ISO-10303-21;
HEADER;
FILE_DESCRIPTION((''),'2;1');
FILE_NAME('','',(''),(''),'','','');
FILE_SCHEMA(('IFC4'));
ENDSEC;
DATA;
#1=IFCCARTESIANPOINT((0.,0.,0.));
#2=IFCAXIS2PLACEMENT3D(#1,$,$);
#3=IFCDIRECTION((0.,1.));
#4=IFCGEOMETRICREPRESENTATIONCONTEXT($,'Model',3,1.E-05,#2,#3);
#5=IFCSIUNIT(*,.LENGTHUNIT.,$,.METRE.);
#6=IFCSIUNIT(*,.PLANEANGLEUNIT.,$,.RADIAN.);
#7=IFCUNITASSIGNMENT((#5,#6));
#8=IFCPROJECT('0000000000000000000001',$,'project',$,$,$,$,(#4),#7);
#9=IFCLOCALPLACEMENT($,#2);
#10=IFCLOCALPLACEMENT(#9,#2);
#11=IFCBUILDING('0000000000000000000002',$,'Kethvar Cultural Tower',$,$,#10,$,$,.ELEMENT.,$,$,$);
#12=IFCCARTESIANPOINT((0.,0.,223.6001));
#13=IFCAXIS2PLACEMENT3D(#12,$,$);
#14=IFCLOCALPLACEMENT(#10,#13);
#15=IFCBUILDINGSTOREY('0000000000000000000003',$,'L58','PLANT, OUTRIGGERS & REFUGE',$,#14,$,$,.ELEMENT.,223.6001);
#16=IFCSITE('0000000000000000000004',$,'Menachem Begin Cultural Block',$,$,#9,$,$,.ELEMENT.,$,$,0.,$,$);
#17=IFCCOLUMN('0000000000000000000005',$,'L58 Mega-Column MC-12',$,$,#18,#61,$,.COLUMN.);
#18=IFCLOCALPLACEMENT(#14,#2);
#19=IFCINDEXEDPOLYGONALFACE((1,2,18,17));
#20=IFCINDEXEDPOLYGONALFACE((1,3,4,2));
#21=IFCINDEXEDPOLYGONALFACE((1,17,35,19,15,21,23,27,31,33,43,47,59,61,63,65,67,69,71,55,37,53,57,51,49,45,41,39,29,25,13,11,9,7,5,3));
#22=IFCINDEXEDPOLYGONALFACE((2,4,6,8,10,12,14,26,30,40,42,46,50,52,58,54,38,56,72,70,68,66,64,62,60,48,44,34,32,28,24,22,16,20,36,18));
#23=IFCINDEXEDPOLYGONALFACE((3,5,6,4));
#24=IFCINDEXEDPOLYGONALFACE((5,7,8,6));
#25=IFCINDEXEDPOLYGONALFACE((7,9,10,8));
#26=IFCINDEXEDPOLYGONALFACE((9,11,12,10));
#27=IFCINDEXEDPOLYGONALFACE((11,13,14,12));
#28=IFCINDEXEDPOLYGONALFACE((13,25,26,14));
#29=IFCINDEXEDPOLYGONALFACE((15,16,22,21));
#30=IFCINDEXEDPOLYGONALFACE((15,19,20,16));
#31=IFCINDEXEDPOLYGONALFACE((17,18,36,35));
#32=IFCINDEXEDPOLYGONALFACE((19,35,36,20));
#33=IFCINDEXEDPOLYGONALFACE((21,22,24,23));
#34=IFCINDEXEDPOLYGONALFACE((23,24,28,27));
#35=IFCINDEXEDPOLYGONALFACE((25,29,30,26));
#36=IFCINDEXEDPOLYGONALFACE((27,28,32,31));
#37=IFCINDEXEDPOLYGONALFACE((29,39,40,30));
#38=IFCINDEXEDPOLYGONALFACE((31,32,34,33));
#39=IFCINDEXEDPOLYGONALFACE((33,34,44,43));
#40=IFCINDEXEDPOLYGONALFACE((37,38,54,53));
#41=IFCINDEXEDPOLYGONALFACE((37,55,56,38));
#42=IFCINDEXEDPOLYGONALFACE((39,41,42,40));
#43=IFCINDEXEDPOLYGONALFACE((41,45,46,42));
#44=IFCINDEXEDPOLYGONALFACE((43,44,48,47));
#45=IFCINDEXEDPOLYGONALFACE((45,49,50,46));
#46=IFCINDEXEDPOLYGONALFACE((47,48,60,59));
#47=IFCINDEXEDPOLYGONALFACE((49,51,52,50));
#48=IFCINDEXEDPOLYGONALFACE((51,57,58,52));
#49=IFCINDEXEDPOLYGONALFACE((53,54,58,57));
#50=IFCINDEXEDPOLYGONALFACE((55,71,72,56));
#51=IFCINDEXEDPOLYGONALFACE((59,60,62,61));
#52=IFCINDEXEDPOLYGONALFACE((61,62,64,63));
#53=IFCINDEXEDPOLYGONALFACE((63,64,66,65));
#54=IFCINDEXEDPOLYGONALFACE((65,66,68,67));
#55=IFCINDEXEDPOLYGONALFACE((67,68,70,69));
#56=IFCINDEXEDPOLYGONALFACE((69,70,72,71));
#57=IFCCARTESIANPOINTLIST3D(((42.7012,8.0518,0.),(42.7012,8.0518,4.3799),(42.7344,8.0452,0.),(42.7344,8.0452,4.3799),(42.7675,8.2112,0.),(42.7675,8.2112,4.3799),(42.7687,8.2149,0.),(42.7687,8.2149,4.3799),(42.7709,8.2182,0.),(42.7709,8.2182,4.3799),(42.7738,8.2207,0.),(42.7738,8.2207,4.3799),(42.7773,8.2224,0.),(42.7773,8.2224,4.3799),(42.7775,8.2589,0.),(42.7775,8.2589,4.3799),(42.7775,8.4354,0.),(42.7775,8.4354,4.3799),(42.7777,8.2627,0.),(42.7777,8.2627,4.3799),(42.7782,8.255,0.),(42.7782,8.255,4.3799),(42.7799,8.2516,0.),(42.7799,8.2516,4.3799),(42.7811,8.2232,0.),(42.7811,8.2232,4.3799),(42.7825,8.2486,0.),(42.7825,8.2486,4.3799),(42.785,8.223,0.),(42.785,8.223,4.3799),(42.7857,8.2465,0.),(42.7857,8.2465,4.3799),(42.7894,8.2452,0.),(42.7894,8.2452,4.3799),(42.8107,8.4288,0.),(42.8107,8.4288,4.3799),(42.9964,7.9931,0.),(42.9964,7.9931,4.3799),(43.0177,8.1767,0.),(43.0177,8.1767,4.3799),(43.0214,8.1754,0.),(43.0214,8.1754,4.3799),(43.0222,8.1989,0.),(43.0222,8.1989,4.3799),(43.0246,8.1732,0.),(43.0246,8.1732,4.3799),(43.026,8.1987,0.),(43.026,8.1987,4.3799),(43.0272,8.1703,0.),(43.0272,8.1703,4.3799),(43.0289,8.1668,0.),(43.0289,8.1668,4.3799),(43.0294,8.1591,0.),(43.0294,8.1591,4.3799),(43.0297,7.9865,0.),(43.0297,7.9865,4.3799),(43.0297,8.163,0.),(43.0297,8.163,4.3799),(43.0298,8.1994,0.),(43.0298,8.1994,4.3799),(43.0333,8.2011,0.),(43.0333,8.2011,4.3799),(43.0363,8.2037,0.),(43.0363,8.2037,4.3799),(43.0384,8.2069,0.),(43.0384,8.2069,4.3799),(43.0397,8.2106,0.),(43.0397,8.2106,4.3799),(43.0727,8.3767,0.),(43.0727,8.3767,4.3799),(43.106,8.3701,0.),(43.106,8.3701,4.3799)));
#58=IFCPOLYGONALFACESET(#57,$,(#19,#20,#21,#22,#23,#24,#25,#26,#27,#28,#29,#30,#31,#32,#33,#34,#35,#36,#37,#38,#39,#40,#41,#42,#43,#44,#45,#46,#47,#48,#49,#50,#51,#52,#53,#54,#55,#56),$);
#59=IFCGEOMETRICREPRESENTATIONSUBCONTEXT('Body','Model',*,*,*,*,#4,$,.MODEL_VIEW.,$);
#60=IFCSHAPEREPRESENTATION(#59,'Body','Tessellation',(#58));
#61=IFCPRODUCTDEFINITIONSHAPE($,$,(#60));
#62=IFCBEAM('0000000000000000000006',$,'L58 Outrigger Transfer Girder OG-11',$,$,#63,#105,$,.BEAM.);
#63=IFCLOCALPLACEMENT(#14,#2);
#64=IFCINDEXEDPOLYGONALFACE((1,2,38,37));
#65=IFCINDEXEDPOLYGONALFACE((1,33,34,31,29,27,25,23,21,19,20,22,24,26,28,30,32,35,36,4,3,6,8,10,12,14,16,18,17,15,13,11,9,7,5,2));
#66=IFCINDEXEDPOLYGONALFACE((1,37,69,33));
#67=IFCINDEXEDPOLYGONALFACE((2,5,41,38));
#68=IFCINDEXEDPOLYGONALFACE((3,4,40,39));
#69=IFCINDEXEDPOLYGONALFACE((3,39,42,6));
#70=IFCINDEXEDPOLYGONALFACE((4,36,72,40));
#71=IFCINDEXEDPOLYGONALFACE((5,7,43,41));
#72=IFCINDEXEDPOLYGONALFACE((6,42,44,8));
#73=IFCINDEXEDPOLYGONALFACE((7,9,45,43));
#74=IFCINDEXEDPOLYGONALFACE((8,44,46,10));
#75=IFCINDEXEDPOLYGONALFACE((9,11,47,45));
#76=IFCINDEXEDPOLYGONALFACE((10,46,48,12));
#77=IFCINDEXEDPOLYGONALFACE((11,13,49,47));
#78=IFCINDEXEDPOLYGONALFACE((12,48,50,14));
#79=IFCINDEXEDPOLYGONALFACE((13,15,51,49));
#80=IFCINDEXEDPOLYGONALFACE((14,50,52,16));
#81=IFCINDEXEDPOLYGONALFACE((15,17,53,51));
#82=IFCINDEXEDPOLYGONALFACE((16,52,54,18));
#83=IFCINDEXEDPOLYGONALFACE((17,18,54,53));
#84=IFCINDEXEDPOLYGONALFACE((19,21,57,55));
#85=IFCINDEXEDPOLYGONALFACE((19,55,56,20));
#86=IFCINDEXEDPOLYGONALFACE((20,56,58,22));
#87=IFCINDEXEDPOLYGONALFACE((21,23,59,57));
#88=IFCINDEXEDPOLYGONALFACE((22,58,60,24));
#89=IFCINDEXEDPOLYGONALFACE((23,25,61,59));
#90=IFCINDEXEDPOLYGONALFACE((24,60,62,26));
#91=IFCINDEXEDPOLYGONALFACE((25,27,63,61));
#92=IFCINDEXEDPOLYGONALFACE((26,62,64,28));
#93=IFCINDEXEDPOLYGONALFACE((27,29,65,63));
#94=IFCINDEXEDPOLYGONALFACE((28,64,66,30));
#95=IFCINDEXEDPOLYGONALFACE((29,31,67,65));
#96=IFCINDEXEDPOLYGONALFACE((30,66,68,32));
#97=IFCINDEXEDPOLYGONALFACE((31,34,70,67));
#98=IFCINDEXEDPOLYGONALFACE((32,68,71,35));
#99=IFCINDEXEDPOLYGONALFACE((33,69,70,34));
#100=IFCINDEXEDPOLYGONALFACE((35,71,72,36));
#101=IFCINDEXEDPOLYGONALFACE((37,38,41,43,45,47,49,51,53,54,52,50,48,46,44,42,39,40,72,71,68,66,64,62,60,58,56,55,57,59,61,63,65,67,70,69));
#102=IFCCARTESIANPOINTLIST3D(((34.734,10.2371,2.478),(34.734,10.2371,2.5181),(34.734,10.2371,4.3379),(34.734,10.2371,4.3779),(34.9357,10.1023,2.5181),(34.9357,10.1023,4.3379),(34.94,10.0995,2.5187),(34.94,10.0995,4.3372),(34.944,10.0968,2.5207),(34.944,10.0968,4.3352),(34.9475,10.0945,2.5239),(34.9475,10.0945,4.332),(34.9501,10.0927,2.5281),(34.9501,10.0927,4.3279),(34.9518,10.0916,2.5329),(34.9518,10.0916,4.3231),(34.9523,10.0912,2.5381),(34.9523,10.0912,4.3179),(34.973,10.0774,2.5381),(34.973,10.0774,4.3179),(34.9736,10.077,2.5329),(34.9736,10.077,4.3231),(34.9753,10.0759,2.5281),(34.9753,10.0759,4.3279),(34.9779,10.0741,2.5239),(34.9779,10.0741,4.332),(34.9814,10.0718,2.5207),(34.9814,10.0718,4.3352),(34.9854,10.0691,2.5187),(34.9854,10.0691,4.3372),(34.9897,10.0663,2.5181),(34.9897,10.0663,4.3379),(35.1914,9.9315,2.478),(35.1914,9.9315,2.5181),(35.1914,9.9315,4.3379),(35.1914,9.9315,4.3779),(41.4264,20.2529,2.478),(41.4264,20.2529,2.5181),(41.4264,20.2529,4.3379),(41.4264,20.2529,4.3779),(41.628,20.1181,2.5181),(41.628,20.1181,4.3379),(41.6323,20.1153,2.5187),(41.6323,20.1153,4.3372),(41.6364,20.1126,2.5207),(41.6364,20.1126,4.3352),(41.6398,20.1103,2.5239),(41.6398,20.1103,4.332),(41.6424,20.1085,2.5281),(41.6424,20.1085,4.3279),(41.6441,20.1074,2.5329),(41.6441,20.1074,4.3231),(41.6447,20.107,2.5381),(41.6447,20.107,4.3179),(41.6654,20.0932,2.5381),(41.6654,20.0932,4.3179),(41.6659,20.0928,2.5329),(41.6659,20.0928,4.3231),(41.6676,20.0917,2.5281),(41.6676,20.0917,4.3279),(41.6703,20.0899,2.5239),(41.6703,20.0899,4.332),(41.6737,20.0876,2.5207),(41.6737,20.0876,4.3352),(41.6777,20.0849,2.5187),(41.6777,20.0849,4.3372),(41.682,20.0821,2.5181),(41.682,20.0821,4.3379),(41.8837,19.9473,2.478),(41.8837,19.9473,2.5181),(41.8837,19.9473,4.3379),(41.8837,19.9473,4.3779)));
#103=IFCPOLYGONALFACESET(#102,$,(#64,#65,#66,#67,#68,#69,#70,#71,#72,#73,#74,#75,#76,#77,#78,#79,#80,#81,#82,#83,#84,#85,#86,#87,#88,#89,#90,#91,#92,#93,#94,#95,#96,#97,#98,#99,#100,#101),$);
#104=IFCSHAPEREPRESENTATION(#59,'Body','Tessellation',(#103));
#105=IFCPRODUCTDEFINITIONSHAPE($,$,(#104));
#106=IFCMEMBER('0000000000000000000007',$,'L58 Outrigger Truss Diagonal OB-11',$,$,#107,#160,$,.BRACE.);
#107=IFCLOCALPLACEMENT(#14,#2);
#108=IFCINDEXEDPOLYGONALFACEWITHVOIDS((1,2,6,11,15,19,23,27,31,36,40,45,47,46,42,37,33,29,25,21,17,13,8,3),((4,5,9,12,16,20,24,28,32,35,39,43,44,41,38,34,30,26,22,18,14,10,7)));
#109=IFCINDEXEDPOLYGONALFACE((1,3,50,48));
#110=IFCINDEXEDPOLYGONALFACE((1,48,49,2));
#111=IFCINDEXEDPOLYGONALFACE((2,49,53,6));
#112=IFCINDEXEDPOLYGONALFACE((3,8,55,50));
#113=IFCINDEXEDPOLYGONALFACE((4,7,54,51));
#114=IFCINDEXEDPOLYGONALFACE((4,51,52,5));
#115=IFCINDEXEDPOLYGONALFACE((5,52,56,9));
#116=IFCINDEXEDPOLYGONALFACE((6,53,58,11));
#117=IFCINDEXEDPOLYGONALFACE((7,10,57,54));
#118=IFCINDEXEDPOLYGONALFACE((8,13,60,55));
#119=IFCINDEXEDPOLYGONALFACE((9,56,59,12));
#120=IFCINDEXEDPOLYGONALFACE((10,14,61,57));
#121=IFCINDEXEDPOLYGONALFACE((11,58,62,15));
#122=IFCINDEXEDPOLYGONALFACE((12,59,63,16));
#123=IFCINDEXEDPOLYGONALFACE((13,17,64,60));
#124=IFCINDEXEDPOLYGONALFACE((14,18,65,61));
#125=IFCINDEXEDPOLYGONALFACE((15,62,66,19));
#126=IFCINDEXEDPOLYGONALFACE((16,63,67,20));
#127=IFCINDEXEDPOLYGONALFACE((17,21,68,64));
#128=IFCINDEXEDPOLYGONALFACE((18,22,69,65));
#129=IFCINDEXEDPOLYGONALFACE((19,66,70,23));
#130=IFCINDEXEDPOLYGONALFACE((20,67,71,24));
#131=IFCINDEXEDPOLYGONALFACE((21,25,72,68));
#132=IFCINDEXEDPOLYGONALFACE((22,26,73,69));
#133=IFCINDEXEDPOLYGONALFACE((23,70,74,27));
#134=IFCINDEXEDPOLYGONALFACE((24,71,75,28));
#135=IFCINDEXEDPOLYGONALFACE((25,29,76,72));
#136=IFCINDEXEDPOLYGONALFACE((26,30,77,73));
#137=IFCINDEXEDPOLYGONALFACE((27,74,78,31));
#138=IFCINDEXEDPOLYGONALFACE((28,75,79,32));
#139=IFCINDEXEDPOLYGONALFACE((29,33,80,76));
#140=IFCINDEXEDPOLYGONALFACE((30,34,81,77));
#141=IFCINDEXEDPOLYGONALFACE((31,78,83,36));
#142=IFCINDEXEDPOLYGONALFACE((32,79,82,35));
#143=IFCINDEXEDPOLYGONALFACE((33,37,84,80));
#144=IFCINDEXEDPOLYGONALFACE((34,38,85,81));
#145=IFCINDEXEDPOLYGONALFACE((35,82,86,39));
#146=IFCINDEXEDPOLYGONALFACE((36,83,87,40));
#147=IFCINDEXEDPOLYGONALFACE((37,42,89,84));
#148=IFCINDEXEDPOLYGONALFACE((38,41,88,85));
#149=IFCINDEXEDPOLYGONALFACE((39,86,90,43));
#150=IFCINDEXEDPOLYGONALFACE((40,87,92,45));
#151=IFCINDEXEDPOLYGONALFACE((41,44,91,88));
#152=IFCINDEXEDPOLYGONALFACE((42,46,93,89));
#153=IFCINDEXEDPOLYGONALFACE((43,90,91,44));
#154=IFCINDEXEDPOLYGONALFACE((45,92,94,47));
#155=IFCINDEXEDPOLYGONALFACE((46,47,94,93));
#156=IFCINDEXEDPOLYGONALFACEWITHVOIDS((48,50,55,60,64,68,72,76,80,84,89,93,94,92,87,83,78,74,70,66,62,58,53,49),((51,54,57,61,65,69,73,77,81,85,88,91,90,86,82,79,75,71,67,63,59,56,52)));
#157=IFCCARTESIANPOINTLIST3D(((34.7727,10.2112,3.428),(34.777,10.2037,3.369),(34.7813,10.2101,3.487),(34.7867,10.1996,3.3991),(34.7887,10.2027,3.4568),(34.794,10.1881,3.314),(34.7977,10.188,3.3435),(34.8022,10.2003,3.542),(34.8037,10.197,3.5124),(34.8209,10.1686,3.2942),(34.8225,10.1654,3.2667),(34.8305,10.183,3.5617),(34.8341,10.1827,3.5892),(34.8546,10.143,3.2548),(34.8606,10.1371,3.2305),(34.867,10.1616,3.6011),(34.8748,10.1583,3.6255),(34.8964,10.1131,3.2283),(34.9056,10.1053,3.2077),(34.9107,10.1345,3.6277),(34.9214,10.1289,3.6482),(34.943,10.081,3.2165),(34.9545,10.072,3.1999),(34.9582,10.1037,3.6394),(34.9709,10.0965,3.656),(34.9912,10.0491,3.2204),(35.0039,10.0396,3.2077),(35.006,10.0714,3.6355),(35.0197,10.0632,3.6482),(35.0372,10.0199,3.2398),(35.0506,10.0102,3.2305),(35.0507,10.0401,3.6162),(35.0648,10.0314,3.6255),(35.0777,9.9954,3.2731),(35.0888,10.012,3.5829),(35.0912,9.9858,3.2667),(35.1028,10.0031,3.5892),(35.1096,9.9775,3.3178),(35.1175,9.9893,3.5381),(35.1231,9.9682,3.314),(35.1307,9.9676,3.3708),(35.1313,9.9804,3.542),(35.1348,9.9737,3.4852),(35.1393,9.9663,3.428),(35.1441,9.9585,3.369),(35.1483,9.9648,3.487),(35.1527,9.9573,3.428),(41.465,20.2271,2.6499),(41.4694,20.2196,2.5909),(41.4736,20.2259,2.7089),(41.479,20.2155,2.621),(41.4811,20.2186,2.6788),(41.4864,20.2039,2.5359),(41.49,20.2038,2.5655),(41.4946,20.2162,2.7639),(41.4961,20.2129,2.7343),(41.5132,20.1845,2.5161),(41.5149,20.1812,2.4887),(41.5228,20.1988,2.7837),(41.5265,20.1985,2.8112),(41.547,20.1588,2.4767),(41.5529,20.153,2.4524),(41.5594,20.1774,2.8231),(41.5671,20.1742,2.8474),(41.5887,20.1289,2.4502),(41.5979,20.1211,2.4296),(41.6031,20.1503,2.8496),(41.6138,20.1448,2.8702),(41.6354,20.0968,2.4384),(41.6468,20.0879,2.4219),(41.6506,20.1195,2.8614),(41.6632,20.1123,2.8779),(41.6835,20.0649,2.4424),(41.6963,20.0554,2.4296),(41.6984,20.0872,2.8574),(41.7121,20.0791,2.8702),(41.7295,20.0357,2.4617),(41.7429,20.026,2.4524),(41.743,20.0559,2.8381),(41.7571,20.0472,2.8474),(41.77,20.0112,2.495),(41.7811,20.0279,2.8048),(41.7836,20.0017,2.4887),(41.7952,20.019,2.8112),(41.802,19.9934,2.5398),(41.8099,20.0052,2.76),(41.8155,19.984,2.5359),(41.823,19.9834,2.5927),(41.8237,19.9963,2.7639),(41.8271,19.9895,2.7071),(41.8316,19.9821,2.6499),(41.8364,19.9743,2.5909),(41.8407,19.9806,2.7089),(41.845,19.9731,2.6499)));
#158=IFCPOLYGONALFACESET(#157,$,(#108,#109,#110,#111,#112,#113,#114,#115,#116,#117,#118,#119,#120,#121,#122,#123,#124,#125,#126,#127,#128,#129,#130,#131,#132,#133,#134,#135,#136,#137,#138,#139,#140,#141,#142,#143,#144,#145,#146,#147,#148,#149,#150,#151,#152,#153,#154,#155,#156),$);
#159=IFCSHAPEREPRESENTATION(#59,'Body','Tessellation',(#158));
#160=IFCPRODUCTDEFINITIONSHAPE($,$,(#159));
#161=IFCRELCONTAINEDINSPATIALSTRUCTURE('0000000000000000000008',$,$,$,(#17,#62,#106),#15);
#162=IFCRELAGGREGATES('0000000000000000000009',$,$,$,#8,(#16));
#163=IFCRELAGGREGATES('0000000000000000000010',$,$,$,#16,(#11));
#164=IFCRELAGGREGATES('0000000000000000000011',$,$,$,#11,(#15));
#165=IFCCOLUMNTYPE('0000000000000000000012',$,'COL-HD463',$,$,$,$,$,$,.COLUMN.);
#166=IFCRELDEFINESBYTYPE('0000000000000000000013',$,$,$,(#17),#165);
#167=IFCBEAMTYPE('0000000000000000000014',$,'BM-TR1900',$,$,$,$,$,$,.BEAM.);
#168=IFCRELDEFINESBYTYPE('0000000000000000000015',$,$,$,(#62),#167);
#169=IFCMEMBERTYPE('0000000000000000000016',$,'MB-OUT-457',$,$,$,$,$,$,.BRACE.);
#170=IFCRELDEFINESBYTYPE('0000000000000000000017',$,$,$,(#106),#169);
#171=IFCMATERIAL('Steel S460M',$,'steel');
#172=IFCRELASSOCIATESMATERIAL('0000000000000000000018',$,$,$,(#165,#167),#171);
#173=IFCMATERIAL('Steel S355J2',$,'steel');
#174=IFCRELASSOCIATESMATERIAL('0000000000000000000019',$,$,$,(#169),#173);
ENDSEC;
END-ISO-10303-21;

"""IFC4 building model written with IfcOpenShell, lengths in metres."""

from ifc_helpers import new_model, si_unit, direction, frame, origin, origin_2d, place, context, subcontext, project, spatial, hollow_circle, i_section, extrude, source, transform, mapped, material, material_profile, profile_set, type_object, element, save


model = new_model("IFC4")

# Units and contexts
model_context = context("Model", 3, precision=1e-05, world=origin(), true_north=direction((0.0, 1.0)))
body_context = subcontext(model_context, "Body", "Model", "MODEL_VIEW")
ifc_project = project(units=[si_unit("LENGTHUNIT", "METRE"), si_unit("PLANEANGLEUNIT", "RADIAN")], contexts=[model_context])

# Site, building, storey
site_placement = place(None, origin())
site = spatial("IfcSite", under=ifc_project, at=site_placement, Name="Menachem Begin Cultural Block", CompositionType="ELEMENT", RefElevation=0.0)
building_placement = place(site_placement, origin())
building = spatial("IfcBuilding", under=site, at=building_placement, Name="Kethvar Cultural Tower", CompositionType="ELEMENT")
storey_placement = place(building_placement, frame((0.0, 0.0, 223.6001)))
storey = spatial("IfcBuildingStorey", under=building, at=storey_placement, Name="L58", Description="PLANT, OUTRIGGERS & REFUGE", CompositionType="ELEMENT", Elevation=223.6001)

# Column
ifc_material_1 = material(Name="Steel S460M", Category="steel")
ifc_material_profile_1 = material_profile(ifc_material_1, i_section(OverallWidth=0.3911, OverallDepth=0.335, WebThickness=0.0227, FlangeThickness=0.0339, FilletRadius=0.0149, at=origin_2d()), Name="Steel S460M — HD400x463")
ifc_profile_set_1 = profile_set([ifc_material_profile_1], Name="Steel S460M — HD400x463")
column_type = type_object("IfcColumnType", Name="COL-HD463", PredefinedType="COLUMN", material=ifc_profile_set_1)
shared_shape_1 = source(origin(), body_context, "Body", "SweptSolid", [
    extrude(i_section(OverallWidth=0.3911, OverallDepth=0.335, WebThickness=0.0227, FlangeThickness=0.0339, FilletRadius=0.0149, at=origin_2d()), origin(), (0.0, 0.0, 1.0), 4.3799),
])
column_placement = place(storey_placement, frame((42.9036, 8.2109, 0.0), z_axis=(0.0, 0.0, 1.0), x_axis=(-0.19509, -0.980785, 0.0)))
element("IfcColumn", 1, at=column_placement, inside=storey, type_object=column_type, Name="L58 Mega-Column MC-12", PredefinedType="COLUMN", context=body_context, shape_type="MappedRepresentation", body=[
    mapped(shared_shape_1, transform((0.0, 0.0, 0.0), scale=1.0)),
])

# Beam
ifc_material_profile_2 = material_profile(ifc_material_1, i_section(OverallWidth=0.55, OverallDepth=1.8999, WebThickness=0.0249, FlangeThickness=0.04, FilletRadius=0.02, at=origin_2d()), Name="Steel S460M — PG1900x550x40x25")
ifc_profile_set_2 = profile_set([ifc_material_profile_2], Name="Steel S460M — PG1900x550x40x25")
beam_type = type_object("IfcBeamType", Name="BM-TR1900", PredefinedType="BEAM", material=ifc_profile_set_2)
shared_shape_2 = source(origin(), body_context, "Body", "SweptSolid", [
    extrude(i_section(OverallWidth=0.55, OverallDepth=1.8999, WebThickness=0.0249, FlangeThickness=0.04, FilletRadius=0.02, at=origin_2d()), origin(), (0.0, 0.0, 1.0), 12.0459),
])
beam_1_placement = place(storey_placement, frame((41.655, 20.1001, 3.428), z_axis=(-0.55557, -0.83147, 0.0), x_axis=(0.83147, -0.55557, 0.0)))
element("IfcBeam", 2, at=beam_1_placement, inside=storey, type_object=beam_type, Name="L58 Outrigger Transfer Girder OG-11", PredefinedType="BEAM", context=body_context, shape_type="MappedRepresentation", body=[
    mapped(shared_shape_2, transform((0.0, 0.0, 0.0), scale=1.0)),
])

# Member
ifc_material_2 = material(Name="Steel S355J2", Category="steel")
ifc_material_profile_3 = material_profile(ifc_material_2, hollow_circle(Radius=0.2285, WallThickness=0.0161, at=origin_2d()), Name="Steel S355J2 — CHS457x16")
ifc_profile_set_3 = profile_set([ifc_material_profile_3], Name="Steel S355J2 — CHS457x16")
member_type_1 = type_object("IfcMemberType", Name="MB-OUT-457", PredefinedType="BRACE", material=ifc_profile_set_3)
shared_shape_3 = source(origin(), body_context, "Body", "SweptSolid", [
    extrude(hollow_circle(Radius=0.2285, WallThickness=0.0161, at=origin_2d()), origin(), (0.0, 0.0, 1.0), 12.071),
])
member_1_placement = place(storey_placement, frame((41.655, 20.1001, 2.6499), z_axis=(-0.554414, -0.829741, 0.064458), x_axis=(0.83147, -0.55557, 0.0)))
element("IfcMember", 3, at=member_1_placement, inside=storey, type_object=member_type_1, Name="L58 Outrigger Truss Diagonal OB-11", PredefinedType="BRACE", context=body_context, shape_type="MappedRepresentation", body=[
    mapped(shared_shape_3, transform((0.0, 0.0, 0.0), scale=1.0)),
])

save(model, "model.ifc")
